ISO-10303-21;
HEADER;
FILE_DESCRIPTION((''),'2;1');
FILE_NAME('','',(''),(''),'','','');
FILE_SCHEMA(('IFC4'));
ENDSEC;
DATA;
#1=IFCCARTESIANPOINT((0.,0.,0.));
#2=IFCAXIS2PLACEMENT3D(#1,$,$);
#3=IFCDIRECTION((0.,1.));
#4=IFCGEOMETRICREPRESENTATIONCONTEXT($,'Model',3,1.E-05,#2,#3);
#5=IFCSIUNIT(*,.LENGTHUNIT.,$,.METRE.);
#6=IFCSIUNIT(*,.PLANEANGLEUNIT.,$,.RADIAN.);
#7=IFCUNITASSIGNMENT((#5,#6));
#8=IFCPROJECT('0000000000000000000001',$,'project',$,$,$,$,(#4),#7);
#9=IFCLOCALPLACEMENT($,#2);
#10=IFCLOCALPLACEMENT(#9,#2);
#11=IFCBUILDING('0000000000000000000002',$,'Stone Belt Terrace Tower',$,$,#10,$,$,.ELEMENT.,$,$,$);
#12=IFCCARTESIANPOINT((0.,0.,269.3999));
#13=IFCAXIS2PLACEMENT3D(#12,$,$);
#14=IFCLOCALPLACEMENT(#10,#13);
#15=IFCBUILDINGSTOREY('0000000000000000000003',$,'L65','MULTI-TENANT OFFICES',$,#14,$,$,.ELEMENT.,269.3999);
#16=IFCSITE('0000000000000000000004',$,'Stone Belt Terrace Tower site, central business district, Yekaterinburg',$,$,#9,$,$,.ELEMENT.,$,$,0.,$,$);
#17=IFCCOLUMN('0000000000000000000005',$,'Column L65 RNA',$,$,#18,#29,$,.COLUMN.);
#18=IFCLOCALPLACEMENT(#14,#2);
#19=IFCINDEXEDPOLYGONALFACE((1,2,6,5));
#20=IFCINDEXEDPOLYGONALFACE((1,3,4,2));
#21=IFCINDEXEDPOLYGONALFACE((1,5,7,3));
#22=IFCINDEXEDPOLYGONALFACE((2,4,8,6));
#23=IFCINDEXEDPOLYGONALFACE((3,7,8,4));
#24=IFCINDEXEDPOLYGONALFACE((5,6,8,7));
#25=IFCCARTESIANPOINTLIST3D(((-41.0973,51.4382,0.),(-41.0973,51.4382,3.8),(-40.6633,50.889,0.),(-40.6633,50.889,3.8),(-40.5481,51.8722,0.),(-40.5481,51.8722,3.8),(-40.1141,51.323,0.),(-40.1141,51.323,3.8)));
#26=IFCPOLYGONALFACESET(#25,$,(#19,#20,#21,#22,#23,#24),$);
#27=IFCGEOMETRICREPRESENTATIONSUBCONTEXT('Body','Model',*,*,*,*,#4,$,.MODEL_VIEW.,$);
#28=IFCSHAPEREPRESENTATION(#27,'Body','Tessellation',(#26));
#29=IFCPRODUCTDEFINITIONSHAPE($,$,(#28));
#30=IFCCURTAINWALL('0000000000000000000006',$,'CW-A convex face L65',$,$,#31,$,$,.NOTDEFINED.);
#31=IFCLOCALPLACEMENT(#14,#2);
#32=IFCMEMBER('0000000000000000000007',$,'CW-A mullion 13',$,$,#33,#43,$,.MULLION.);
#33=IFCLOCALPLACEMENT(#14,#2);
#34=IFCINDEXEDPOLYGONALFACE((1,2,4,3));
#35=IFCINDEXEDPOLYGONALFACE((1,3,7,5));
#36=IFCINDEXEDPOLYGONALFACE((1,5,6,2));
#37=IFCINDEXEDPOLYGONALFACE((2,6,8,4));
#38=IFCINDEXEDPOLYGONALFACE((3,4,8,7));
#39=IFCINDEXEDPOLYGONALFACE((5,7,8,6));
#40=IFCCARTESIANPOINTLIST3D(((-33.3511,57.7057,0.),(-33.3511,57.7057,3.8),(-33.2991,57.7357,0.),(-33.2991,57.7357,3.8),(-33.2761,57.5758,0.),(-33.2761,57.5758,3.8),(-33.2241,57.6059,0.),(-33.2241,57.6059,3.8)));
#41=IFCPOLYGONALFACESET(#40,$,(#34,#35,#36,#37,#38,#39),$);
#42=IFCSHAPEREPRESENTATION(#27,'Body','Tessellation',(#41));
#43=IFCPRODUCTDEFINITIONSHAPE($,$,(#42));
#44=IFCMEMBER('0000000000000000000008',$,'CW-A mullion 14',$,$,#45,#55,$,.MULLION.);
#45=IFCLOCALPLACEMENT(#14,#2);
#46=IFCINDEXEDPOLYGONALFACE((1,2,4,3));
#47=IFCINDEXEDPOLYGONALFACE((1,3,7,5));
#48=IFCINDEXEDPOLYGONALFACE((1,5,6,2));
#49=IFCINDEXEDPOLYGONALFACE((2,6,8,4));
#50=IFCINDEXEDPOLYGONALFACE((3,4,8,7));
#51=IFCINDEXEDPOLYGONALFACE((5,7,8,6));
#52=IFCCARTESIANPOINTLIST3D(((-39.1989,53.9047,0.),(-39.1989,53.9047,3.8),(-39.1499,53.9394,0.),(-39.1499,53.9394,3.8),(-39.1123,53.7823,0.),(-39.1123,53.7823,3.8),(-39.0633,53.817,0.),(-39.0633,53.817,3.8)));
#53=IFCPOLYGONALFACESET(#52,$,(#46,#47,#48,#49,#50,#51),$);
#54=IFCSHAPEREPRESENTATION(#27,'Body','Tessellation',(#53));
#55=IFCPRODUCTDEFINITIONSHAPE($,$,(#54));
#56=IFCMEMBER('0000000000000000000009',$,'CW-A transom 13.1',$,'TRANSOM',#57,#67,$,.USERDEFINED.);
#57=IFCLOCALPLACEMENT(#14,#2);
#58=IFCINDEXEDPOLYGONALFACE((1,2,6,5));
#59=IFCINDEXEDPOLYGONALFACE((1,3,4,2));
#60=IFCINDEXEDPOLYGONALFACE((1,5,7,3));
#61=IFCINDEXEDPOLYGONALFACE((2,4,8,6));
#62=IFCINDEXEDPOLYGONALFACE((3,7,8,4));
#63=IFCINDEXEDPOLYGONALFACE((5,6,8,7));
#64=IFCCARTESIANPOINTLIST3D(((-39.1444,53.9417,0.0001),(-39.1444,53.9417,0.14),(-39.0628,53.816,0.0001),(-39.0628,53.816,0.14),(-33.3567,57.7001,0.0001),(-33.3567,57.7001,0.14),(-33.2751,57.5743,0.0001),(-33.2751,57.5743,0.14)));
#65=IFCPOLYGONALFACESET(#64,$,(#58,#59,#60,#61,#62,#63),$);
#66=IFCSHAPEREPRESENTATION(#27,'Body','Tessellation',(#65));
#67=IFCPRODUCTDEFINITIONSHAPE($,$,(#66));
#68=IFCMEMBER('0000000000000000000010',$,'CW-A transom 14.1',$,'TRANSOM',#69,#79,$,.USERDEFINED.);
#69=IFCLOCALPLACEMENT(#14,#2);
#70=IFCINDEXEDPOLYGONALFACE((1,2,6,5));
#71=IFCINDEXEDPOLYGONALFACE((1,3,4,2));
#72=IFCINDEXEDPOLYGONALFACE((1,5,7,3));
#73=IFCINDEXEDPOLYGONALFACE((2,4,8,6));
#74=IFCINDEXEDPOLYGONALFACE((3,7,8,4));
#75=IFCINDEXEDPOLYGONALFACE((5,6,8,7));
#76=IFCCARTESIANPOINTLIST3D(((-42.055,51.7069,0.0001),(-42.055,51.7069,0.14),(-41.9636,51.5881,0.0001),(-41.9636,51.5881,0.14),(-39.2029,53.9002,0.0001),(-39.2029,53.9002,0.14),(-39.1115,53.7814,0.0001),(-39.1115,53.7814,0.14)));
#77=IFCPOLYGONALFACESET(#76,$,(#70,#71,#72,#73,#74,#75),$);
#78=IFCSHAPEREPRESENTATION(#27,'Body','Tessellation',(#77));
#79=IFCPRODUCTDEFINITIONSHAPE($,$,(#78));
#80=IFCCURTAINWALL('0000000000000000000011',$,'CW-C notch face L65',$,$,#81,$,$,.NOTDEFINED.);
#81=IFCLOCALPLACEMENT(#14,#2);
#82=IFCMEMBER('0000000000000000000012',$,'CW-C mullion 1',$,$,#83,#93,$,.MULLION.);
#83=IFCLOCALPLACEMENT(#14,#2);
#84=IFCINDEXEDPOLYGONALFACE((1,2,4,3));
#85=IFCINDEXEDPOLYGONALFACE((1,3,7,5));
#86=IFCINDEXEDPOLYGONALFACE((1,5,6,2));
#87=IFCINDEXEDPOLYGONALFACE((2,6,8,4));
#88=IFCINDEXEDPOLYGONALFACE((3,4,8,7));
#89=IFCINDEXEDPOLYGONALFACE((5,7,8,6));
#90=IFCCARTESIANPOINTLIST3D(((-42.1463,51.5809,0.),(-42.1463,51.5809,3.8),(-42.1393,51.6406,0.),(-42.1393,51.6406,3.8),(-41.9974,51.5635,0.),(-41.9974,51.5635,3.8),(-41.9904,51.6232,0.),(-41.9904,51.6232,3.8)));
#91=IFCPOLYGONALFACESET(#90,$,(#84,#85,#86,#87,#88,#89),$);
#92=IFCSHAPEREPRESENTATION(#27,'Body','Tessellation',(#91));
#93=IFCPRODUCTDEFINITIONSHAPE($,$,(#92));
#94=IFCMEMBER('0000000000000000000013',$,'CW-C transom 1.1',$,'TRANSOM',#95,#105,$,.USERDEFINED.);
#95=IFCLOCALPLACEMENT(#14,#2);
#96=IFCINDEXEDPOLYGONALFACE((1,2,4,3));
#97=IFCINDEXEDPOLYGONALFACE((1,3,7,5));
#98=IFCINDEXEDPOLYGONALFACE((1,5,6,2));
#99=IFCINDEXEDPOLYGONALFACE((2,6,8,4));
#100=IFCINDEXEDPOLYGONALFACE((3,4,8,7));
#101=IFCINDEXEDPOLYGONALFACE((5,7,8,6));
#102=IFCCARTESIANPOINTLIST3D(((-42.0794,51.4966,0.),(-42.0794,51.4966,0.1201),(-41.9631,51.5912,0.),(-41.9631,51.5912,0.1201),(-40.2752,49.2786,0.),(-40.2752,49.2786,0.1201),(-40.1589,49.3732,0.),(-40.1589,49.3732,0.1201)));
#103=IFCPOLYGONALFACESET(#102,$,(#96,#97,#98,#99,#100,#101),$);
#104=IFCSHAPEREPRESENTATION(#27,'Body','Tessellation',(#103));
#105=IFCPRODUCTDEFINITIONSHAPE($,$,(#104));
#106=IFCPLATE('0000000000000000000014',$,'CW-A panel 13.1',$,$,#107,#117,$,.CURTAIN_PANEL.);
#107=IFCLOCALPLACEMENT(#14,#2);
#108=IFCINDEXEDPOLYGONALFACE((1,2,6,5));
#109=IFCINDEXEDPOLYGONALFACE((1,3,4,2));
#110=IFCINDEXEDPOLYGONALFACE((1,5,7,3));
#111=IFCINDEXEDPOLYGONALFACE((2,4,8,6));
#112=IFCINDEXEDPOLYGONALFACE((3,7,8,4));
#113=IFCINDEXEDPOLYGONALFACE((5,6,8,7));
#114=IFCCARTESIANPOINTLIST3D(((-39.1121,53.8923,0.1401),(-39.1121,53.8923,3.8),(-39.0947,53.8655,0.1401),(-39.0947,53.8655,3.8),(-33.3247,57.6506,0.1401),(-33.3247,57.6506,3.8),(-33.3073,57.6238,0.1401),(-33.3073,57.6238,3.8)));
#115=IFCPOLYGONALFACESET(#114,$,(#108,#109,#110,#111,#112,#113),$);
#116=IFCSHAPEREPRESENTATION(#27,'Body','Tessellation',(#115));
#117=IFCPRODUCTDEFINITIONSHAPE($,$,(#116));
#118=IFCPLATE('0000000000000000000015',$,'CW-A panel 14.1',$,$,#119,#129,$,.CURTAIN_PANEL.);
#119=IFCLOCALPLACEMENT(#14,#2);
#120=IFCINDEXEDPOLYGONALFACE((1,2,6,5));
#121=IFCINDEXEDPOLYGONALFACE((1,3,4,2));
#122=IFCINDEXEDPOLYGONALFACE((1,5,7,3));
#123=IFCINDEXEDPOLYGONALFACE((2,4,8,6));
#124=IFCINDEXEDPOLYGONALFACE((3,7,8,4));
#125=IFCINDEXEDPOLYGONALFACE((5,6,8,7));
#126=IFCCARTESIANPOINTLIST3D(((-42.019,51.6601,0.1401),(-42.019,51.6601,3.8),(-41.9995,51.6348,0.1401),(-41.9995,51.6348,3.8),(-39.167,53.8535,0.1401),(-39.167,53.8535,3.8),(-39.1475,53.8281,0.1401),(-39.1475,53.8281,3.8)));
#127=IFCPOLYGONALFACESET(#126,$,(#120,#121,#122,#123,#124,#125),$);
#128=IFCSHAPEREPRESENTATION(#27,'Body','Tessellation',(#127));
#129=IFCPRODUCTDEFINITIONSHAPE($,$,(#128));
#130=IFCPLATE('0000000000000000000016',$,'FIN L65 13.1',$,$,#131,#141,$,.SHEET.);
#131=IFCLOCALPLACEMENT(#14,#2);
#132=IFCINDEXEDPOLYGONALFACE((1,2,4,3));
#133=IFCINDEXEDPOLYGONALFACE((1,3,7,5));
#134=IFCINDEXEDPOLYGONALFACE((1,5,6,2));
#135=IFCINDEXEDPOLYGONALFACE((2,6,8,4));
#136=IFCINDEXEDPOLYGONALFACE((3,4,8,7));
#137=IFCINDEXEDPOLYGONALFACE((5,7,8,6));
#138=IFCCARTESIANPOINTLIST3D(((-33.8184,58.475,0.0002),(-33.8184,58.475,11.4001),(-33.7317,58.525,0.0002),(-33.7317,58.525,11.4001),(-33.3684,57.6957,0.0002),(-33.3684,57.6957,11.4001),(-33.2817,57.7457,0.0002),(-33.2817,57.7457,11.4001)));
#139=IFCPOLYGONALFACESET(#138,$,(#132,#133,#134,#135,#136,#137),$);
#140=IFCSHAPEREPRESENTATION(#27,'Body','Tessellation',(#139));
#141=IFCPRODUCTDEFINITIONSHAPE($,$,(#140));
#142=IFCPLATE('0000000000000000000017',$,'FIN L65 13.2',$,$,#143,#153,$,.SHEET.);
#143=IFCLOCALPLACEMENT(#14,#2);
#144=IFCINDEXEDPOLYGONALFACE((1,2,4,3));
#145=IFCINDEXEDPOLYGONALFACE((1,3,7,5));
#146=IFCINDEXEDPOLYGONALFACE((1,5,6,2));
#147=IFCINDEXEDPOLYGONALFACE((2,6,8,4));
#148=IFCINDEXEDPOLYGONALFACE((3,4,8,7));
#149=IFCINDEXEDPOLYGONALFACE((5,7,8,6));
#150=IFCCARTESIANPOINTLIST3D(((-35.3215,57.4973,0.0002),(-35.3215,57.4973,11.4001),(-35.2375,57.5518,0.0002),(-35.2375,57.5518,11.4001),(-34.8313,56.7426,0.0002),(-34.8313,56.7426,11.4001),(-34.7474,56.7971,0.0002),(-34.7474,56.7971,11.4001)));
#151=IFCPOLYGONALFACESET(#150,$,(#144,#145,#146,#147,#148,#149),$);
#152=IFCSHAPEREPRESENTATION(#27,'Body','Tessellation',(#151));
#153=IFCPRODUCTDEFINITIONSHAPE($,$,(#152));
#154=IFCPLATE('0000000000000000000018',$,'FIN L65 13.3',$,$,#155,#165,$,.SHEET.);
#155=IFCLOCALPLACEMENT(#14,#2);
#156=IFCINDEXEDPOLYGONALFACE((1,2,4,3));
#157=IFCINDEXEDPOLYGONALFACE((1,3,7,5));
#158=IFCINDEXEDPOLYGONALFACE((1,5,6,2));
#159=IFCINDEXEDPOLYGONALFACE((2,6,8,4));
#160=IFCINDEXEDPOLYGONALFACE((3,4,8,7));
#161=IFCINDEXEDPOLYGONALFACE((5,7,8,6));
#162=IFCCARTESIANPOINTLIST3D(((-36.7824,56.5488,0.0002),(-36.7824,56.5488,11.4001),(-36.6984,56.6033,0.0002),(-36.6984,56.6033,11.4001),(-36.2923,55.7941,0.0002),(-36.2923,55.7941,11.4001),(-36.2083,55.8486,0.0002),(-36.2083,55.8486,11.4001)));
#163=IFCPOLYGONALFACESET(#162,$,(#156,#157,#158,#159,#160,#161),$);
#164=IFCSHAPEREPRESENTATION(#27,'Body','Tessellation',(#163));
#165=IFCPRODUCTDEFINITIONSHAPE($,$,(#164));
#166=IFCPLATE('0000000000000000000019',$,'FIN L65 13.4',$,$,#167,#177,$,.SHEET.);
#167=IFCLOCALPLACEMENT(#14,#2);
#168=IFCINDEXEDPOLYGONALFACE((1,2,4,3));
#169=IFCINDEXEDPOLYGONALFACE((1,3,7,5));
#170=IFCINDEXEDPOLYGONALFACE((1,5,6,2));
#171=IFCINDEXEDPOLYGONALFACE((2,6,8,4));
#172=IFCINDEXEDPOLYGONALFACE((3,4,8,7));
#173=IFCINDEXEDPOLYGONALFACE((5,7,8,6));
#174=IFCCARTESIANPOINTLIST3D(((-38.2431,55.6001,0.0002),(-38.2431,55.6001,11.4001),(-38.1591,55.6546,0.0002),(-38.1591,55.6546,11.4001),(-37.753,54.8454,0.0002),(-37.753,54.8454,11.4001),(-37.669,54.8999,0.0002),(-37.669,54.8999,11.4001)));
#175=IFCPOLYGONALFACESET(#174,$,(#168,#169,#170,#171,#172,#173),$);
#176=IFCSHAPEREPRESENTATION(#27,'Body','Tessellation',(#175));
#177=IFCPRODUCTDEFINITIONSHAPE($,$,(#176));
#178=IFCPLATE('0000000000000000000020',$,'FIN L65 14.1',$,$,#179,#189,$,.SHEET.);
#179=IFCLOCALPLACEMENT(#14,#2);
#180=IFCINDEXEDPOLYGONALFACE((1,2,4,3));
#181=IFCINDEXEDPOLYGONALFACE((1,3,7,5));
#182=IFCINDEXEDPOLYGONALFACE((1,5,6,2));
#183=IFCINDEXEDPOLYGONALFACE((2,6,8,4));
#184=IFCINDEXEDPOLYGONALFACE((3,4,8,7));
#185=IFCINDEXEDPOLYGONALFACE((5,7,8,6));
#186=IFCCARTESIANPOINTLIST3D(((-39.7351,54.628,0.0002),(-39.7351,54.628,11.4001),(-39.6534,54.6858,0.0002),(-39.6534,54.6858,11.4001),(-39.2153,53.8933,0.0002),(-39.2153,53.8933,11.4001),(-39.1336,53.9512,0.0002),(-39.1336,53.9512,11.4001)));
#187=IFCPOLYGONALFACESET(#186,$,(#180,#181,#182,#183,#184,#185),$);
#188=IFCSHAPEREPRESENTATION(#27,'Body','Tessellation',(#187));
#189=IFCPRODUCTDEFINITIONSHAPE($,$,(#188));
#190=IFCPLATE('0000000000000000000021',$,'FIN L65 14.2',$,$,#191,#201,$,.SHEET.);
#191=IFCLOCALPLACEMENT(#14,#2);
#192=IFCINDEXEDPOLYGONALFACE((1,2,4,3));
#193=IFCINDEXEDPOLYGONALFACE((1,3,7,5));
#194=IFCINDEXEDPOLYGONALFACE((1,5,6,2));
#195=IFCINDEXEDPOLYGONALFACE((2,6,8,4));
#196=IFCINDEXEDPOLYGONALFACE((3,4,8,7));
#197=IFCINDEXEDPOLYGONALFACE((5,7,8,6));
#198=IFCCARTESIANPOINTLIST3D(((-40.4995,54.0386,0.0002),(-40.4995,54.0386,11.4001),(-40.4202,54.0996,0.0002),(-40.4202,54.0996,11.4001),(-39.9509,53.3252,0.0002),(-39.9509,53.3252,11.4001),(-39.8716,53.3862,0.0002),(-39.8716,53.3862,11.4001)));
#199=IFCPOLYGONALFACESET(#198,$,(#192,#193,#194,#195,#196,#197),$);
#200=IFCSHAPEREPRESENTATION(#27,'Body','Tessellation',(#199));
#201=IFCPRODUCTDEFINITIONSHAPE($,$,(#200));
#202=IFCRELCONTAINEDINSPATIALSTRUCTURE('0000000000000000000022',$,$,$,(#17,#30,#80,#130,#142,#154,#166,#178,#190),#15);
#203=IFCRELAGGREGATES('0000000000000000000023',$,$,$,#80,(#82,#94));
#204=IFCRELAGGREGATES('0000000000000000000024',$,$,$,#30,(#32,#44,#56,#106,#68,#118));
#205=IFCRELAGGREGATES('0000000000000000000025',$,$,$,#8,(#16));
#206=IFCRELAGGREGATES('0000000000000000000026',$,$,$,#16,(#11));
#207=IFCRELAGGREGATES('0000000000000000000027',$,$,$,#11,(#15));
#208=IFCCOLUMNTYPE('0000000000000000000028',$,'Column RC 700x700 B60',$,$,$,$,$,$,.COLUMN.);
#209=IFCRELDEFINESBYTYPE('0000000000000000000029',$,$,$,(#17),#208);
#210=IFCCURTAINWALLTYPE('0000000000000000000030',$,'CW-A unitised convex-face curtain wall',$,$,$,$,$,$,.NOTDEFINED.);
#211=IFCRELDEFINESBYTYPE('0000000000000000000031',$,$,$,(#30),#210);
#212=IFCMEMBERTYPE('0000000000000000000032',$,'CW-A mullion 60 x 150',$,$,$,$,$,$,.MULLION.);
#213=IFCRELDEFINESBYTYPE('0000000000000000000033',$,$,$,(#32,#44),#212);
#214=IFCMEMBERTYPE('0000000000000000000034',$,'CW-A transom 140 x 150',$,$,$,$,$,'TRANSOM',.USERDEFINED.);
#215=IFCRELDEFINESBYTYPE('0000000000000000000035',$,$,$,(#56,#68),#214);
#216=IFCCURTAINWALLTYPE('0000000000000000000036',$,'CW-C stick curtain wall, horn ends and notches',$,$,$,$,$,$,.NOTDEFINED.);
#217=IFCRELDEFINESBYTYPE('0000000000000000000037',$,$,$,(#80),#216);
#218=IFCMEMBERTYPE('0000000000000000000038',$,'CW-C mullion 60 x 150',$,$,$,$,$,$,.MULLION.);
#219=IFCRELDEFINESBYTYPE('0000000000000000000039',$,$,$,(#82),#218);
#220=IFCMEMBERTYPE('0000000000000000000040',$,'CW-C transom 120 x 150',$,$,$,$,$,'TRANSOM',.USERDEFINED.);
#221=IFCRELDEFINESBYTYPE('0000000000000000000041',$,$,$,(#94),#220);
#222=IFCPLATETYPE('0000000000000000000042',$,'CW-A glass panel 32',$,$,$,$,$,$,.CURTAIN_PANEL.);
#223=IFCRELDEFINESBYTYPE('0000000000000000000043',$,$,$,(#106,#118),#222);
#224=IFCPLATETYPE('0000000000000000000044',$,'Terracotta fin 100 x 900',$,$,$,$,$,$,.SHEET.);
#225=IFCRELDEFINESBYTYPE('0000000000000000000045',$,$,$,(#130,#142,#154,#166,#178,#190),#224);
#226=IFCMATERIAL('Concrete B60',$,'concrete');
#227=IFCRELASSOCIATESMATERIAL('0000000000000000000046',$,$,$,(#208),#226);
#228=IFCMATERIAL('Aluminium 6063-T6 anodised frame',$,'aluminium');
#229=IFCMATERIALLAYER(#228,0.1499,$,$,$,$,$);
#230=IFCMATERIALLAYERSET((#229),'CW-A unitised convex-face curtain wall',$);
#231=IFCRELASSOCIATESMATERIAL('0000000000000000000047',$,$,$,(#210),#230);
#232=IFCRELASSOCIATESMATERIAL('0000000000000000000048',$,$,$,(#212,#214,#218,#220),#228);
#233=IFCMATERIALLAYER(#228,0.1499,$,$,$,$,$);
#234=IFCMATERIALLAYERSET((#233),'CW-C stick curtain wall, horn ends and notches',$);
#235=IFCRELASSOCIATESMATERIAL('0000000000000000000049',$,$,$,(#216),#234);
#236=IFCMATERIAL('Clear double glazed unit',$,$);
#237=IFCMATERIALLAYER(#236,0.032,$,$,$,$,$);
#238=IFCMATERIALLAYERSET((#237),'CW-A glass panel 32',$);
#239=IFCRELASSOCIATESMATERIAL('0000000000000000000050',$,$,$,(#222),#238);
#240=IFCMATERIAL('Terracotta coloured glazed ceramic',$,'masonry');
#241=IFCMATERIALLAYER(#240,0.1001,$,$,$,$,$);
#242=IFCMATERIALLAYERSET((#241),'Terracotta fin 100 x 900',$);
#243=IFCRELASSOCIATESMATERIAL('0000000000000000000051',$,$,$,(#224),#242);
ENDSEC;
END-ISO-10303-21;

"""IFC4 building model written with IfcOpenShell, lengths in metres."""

from ifc_helpers import new_model, si_unit, direction, frame, origin, origin_2d, place, context, subcontext, project, spatial, rectangle, extrude, material, layer, layer_set, material_profile, profile_set, type_object, element, aggregate, save


model = new_model("IFC4")

# Units and contexts
model_context = context("Model", 3, precision=1e-05, world=origin(), true_north=direction((0.0, 1.0)))
body_context = subcontext(model_context, "Body", "Model", "MODEL_VIEW")
ifc_project = project(units=[si_unit("LENGTHUNIT", "METRE"), si_unit("PLANEANGLEUNIT", "RADIAN")], contexts=[model_context])

# Site, building, storey
site_placement = place(None, origin())
site = spatial("IfcSite", under=ifc_project, at=site_placement, Name="Stone Belt Terrace Tower site, central business district, Yekaterinburg", CompositionType="ELEMENT", RefElevation=0.0)
building_placement = place(site_placement, origin())
building = spatial("IfcBuilding", under=site, at=building_placement, Name="Stone Belt Terrace Tower", CompositionType="ELEMENT")
storey_placement = place(building_placement, frame((0.0, 0.0, 269.3999)))
storey = spatial("IfcBuildingStorey", under=building, at=storey_placement, Name="L65", Description="MULTI-TENANT OFFICES", CompositionType="ELEMENT", Elevation=269.3999)

# Column
ifc_material_1 = material(Name="Concrete B60", Category="concrete")
ifc_material_profile_1 = material_profile(ifc_material_1, rectangle(XDim=0.7, YDim=0.7, at=origin_2d()), Name="RC 700x700")
ifc_profile_set_1 = profile_set([ifc_material_profile_1], Name="Concrete B60")
column_type = type_object("IfcColumnType", Name="Column RC 700x700 B60", PredefinedType="COLUMN", material=ifc_profile_set_1)
column_placement = place(storey_placement, frame((-40.6057, 51.3806, 0.0), z_axis=(0.0, 0.0, 1.0), x_axis=(0.78457, 0.620041, 0.0)))
element("IfcColumn", 1, at=column_placement, inside=storey, type_object=column_type, Name="Column L65 RNA", PredefinedType="COLUMN", context=body_context, shape_type="SweptSolid", body=[
    extrude(rectangle(XDim=0.7, YDim=0.7, at=origin_2d()), origin(), (0.0, 0.0, 1.0), 3.8),
])

# Curtain walls, members
ifc_material_2 = material(Name="Aluminium 6063-T6 anodised frame", Category="aluminium")
ifc_layer_1 = layer(ifc_material_2, 0.1499)
ifc_layer_set_1 = layer_set([ifc_layer_1], Name="CW-A unitised convex-face curtain wall")
curtain_wall_type_1 = type_object("IfcCurtainWallType", Name="CW-A unitised convex-face curtain wall", PredefinedType="NOTDEFINED", material=ifc_layer_set_1)
curtain_wall_1_placement = place(storey_placement, origin())
curtain_wall_1 = element("IfcCurtainWall", 2, at=curtain_wall_1_placement, inside=storey, type_object=curtain_wall_type_1, Name="CW-A convex face L65", PredefinedType="NOTDEFINED")
ifc_material_profile_2 = material_profile(ifc_material_2, rectangle(XDim=0.1499, YDim=0.0601, at=origin_2d()), Name="Aluminium 6063-T6 60x150")
ifc_profile_set_2 = profile_set([ifc_material_profile_2], Name="Aluminium 6063-T6 anodised frame")
member_type_1 = type_object("IfcMemberType", Name="CW-A mullion 60 x 150", PredefinedType="MULLION", material=ifc_profile_set_2)
member_1_placement = place(storey_placement, frame((-33.2876, 57.6558, 0.0), z_axis=(0.0, 0.0, 1.0), x_axis=(0.5, -0.866025, 0.0)))
member_1 = element("IfcMember", 3, at=member_1_placement, type_object=member_type_1, Name="CW-A mullion 13", PredefinedType="MULLION", context=body_context, shape_type="SweptSolid", body=[
    extrude(rectangle(XDim=0.1499, YDim=0.0601, at=origin_2d()), origin(), (0.0, 0.0, 1.0), 3.8),
])
member_2_placement = place(storey_placement, frame((-39.1311, 53.8608, 0.0), z_axis=(0.0, 0.0, 1.0), x_axis=(0.577587, -0.816329, 0.0)))
member_2 = element("IfcMember", 4, at=member_2_placement, type_object=member_type_1, Name="CW-A mullion 14", PredefinedType="MULLION", context=body_context, shape_type="SweptSolid", body=[
    extrude(rectangle(XDim=0.1499, YDim=0.0601, at=origin_2d()), origin(), (0.0, 0.0, 1.0), 3.8),
])
ifc_material_profile_3 = material_profile(ifc_material_2, rectangle(XDim=0.1499, YDim=0.1399, at=origin_2d()), Name="Aluminium 6063-T6 150x140")
ifc_profile_set_3 = profile_set([ifc_material_profile_3], Name="Aluminium 6063-T6 anodised frame")
member_type_2 = type_object("IfcMemberType", Name="CW-A transom 140 x 150", ElementType="TRANSOM", PredefinedType="USERDEFINED", material=ifc_profile_set_3)
member_3_placement = place(storey_placement, frame((-33.3159, 57.6372, 0.0701), z_axis=(-0.838684, -0.544618, 0.0), x_axis=(0.544618, -0.838684, 0.0)))
member_3 = element("IfcMember", 5, at=member_3_placement, type_object=member_type_2, Name="CW-A transom 13.1", ObjectType="TRANSOM", PredefinedType="USERDEFINED", context=body_context, shape_type="SweptSolid", body=[
    extrude(rectangle(XDim=0.1499, YDim=0.1399, at=origin_2d()), origin(), (0.0, 0.0, 1.0), 6.9009),
])
member_4_placement = place(storey_placement, frame((-39.1572, 53.8408, 0.0701), z_axis=(-0.792695, -0.609619, 0.0), x_axis=(0.609619, -0.792695, 0.0)))
member_4 = element("IfcMember", 6, at=member_4_placement, type_object=member_type_2, Name="CW-A transom 14.1", ObjectType="TRANSOM", PredefinedType="USERDEFINED", context=body_context, shape_type="SweptSolid", body=[
    extrude(rectangle(XDim=0.1499, YDim=0.1399, at=origin_2d()), origin(), (0.0, 0.0, 1.0), 3.5979),
])
ifc_layer_2 = layer(ifc_material_2, 0.1499)
ifc_layer_set_2 = layer_set([ifc_layer_2], Name="CW-C stick curtain wall, horn ends and notches")
curtain_wall_type_2 = type_object("IfcCurtainWallType", Name="CW-C stick curtain wall, horn ends and notches", PredefinedType="NOTDEFINED", material=ifc_layer_set_2)
curtain_wall_2_placement = place(storey_placement, origin())
curtain_wall_2 = element("IfcCurtainWall", 7, at=curtain_wall_2_placement, inside=storey, type_object=curtain_wall_type_2, Name="CW-C notch face L65", PredefinedType="NOTDEFINED")
ifc_material_profile_4 = material_profile(ifc_material_2, rectangle(XDim=0.1499, YDim=0.0601, at=origin_2d()), Name="Aluminium 6063-T6 60x150")
ifc_profile_set_4 = profile_set([ifc_material_profile_4], Name="Aluminium 6063-T6 anodised frame")
member_type_3 = type_object("IfcMemberType", Name="CW-C mullion 60 x 150", PredefinedType="MULLION", material=ifc_profile_set_4)
member_5_placement = place(storey_placement, frame((-42.0684, 51.6021, 0.0), z_axis=(0.0, 0.0, 1.0), x_axis=(0.993258, -0.115925, 0.0)))
member_5 = element("IfcMember", 8, at=member_5_placement, type_object=member_type_3, Name="CW-C mullion 1", PredefinedType="MULLION", context=body_context, shape_type="SweptSolid", body=[
    extrude(rectangle(XDim=0.1499, YDim=0.0601, at=origin_2d()), origin(), (0.0, 0.0, 1.0), 3.8),
])
ifc_material_profile_5 = material_profile(ifc_material_2, rectangle(XDim=0.1499, YDim=0.1201, at=origin_2d()), Name="Aluminium 6063-T6 150x120")
ifc_profile_set_5 = profile_set([ifc_material_profile_5], Name="Aluminium 6063-T6 anodised frame")
member_type_4 = type_object("IfcMemberType", Name="CW-C transom 120 x 150", ElementType="TRANSOM", PredefinedType="USERDEFINED", material=ifc_profile_set_5)
member_6_placement = place(storey_placement, frame((-42.0212, 51.5439, 0.0601), z_axis=(0.631027, -0.775761, 0.0), x_axis=(0.775761, 0.631027, 0.0)))
member_6 = element("IfcMember", 9, at=member_6_placement, type_object=member_type_4, Name="CW-C transom 1.1", ObjectType="TRANSOM", PredefinedType="USERDEFINED", context=body_context, shape_type="SweptSolid", body=[
    extrude(rectangle(XDim=0.1499, YDim=0.1201, at=origin_2d()), origin(), (0.0, 0.0, 1.0), 2.8591),
])
aggregate(curtain_wall_2, [member_5, member_6])

# Plates
ifc_material_3 = material(Name="Clear double glazed unit")
ifc_layer_3 = layer(ifc_material_3, 0.032)
ifc_layer_set_3 = layer_set([ifc_layer_3], Name="CW-A glass panel 32")
plate_type_1 = type_object("IfcPlateType", Name="CW-A glass panel 32", PredefinedType="CURTAIN_PANEL", material=ifc_layer_set_3)
plate_1_placement = place(storey_placement, frame((-36.2097, 55.7581, 0.1401), z_axis=(0.0, 0.0, 1.0), x_axis=(-0.838671, -0.544639, 0.0)))
plate_1 = element("IfcPlate", 10, at=plate_1_placement, type_object=plate_type_1, Name="CW-A panel 13.1", PredefinedType="CURTAIN_PANEL", context=body_context, shape_type="SweptSolid", body=[
    extrude(rectangle(XDim=6.9006, YDim=0.032, at=origin_2d()), origin(), (0.0, 0.0, 1.0), 3.6599),
])
plate_2_placement = place(storey_placement, frame((-40.5833, 52.7441, 0.1401), z_axis=(0.0, 0.0, 1.0), x_axis=(-0.792694, -0.60962, 0.0)))
plate_2 = element("IfcPlate", 11, at=plate_2_placement, type_object=plate_type_1, Name="CW-A panel 14.1", PredefinedType="CURTAIN_PANEL", context=body_context, shape_type="SweptSolid", body=[
    extrude(rectangle(XDim=3.5979, YDim=0.032, at=origin_2d()), origin(), (0.0, 0.0, 1.0), 3.6599),
])
aggregate(curtain_wall_1, [member_1, member_2, member_3, plate_1, member_4, plate_2])

# Plates
ifc_material_4 = material(Name="Terracotta coloured glazed ceramic", Category="masonry")
ifc_layer_4 = layer(ifc_material_4, 0.1001)
ifc_layer_set_4 = layer_set([ifc_layer_4], Name="Terracotta fin 100 x 900")
plate_type_2 = type_object("IfcPlateType", Name="Terracotta fin 100 x 900", PredefinedType="SHEET", material=ifc_layer_set_4)
for number, where, z_axis, x_axis, name in (
    (12, (-33.55, 58.1104, 0.0002), (0.0, 0.0, 1.0), (-0.5, 0.866025, 0.0), "FIN L65 13.1"),
    (13, (-35.0344, 57.1472, 0.0002), (0.0, 0.0, 1.0), (-0.544639, 0.838671, 0.0), "FIN L65 13.2"),
    (14, (-36.4954, 56.1987, 0.0002), (0.0, 0.0, 1.0), (-0.544639, 0.838671, 0.0), "FIN L65 13.3"),
    (15, (-37.9561, 55.25, 0.0002), (0.0, 0.0, 1.0), (-0.544639, 0.838671, 0.0), "FIN L65 13.4"),
    (16, (-39.4343, 54.2896, 0.0002), (0.0, 0.0, 1.0), (-0.577587, 0.816329, 0.0), "FIN L65 14.1"),
    (17, (-40.1855, 53.7124, 0.0002), (0.0, 0.0, 1.0), (-0.60962, 0.792694, 0.0), "FIN L65 14.2"),
):
    element("IfcPlate", number, at=place(storey_placement, frame(where, z_axis=z_axis, x_axis=x_axis)), inside=storey, type_object=plate_type_2, Name=name, PredefinedType="SHEET", context=body_context, shape_type="SweptSolid", body=[
        extrude(rectangle(XDim=0.8999, YDim=0.1001, at=origin_2d()), origin(), (0.0, 0.0, 1.0), 11.3999),
    ])

save(model, "model.ifc")
